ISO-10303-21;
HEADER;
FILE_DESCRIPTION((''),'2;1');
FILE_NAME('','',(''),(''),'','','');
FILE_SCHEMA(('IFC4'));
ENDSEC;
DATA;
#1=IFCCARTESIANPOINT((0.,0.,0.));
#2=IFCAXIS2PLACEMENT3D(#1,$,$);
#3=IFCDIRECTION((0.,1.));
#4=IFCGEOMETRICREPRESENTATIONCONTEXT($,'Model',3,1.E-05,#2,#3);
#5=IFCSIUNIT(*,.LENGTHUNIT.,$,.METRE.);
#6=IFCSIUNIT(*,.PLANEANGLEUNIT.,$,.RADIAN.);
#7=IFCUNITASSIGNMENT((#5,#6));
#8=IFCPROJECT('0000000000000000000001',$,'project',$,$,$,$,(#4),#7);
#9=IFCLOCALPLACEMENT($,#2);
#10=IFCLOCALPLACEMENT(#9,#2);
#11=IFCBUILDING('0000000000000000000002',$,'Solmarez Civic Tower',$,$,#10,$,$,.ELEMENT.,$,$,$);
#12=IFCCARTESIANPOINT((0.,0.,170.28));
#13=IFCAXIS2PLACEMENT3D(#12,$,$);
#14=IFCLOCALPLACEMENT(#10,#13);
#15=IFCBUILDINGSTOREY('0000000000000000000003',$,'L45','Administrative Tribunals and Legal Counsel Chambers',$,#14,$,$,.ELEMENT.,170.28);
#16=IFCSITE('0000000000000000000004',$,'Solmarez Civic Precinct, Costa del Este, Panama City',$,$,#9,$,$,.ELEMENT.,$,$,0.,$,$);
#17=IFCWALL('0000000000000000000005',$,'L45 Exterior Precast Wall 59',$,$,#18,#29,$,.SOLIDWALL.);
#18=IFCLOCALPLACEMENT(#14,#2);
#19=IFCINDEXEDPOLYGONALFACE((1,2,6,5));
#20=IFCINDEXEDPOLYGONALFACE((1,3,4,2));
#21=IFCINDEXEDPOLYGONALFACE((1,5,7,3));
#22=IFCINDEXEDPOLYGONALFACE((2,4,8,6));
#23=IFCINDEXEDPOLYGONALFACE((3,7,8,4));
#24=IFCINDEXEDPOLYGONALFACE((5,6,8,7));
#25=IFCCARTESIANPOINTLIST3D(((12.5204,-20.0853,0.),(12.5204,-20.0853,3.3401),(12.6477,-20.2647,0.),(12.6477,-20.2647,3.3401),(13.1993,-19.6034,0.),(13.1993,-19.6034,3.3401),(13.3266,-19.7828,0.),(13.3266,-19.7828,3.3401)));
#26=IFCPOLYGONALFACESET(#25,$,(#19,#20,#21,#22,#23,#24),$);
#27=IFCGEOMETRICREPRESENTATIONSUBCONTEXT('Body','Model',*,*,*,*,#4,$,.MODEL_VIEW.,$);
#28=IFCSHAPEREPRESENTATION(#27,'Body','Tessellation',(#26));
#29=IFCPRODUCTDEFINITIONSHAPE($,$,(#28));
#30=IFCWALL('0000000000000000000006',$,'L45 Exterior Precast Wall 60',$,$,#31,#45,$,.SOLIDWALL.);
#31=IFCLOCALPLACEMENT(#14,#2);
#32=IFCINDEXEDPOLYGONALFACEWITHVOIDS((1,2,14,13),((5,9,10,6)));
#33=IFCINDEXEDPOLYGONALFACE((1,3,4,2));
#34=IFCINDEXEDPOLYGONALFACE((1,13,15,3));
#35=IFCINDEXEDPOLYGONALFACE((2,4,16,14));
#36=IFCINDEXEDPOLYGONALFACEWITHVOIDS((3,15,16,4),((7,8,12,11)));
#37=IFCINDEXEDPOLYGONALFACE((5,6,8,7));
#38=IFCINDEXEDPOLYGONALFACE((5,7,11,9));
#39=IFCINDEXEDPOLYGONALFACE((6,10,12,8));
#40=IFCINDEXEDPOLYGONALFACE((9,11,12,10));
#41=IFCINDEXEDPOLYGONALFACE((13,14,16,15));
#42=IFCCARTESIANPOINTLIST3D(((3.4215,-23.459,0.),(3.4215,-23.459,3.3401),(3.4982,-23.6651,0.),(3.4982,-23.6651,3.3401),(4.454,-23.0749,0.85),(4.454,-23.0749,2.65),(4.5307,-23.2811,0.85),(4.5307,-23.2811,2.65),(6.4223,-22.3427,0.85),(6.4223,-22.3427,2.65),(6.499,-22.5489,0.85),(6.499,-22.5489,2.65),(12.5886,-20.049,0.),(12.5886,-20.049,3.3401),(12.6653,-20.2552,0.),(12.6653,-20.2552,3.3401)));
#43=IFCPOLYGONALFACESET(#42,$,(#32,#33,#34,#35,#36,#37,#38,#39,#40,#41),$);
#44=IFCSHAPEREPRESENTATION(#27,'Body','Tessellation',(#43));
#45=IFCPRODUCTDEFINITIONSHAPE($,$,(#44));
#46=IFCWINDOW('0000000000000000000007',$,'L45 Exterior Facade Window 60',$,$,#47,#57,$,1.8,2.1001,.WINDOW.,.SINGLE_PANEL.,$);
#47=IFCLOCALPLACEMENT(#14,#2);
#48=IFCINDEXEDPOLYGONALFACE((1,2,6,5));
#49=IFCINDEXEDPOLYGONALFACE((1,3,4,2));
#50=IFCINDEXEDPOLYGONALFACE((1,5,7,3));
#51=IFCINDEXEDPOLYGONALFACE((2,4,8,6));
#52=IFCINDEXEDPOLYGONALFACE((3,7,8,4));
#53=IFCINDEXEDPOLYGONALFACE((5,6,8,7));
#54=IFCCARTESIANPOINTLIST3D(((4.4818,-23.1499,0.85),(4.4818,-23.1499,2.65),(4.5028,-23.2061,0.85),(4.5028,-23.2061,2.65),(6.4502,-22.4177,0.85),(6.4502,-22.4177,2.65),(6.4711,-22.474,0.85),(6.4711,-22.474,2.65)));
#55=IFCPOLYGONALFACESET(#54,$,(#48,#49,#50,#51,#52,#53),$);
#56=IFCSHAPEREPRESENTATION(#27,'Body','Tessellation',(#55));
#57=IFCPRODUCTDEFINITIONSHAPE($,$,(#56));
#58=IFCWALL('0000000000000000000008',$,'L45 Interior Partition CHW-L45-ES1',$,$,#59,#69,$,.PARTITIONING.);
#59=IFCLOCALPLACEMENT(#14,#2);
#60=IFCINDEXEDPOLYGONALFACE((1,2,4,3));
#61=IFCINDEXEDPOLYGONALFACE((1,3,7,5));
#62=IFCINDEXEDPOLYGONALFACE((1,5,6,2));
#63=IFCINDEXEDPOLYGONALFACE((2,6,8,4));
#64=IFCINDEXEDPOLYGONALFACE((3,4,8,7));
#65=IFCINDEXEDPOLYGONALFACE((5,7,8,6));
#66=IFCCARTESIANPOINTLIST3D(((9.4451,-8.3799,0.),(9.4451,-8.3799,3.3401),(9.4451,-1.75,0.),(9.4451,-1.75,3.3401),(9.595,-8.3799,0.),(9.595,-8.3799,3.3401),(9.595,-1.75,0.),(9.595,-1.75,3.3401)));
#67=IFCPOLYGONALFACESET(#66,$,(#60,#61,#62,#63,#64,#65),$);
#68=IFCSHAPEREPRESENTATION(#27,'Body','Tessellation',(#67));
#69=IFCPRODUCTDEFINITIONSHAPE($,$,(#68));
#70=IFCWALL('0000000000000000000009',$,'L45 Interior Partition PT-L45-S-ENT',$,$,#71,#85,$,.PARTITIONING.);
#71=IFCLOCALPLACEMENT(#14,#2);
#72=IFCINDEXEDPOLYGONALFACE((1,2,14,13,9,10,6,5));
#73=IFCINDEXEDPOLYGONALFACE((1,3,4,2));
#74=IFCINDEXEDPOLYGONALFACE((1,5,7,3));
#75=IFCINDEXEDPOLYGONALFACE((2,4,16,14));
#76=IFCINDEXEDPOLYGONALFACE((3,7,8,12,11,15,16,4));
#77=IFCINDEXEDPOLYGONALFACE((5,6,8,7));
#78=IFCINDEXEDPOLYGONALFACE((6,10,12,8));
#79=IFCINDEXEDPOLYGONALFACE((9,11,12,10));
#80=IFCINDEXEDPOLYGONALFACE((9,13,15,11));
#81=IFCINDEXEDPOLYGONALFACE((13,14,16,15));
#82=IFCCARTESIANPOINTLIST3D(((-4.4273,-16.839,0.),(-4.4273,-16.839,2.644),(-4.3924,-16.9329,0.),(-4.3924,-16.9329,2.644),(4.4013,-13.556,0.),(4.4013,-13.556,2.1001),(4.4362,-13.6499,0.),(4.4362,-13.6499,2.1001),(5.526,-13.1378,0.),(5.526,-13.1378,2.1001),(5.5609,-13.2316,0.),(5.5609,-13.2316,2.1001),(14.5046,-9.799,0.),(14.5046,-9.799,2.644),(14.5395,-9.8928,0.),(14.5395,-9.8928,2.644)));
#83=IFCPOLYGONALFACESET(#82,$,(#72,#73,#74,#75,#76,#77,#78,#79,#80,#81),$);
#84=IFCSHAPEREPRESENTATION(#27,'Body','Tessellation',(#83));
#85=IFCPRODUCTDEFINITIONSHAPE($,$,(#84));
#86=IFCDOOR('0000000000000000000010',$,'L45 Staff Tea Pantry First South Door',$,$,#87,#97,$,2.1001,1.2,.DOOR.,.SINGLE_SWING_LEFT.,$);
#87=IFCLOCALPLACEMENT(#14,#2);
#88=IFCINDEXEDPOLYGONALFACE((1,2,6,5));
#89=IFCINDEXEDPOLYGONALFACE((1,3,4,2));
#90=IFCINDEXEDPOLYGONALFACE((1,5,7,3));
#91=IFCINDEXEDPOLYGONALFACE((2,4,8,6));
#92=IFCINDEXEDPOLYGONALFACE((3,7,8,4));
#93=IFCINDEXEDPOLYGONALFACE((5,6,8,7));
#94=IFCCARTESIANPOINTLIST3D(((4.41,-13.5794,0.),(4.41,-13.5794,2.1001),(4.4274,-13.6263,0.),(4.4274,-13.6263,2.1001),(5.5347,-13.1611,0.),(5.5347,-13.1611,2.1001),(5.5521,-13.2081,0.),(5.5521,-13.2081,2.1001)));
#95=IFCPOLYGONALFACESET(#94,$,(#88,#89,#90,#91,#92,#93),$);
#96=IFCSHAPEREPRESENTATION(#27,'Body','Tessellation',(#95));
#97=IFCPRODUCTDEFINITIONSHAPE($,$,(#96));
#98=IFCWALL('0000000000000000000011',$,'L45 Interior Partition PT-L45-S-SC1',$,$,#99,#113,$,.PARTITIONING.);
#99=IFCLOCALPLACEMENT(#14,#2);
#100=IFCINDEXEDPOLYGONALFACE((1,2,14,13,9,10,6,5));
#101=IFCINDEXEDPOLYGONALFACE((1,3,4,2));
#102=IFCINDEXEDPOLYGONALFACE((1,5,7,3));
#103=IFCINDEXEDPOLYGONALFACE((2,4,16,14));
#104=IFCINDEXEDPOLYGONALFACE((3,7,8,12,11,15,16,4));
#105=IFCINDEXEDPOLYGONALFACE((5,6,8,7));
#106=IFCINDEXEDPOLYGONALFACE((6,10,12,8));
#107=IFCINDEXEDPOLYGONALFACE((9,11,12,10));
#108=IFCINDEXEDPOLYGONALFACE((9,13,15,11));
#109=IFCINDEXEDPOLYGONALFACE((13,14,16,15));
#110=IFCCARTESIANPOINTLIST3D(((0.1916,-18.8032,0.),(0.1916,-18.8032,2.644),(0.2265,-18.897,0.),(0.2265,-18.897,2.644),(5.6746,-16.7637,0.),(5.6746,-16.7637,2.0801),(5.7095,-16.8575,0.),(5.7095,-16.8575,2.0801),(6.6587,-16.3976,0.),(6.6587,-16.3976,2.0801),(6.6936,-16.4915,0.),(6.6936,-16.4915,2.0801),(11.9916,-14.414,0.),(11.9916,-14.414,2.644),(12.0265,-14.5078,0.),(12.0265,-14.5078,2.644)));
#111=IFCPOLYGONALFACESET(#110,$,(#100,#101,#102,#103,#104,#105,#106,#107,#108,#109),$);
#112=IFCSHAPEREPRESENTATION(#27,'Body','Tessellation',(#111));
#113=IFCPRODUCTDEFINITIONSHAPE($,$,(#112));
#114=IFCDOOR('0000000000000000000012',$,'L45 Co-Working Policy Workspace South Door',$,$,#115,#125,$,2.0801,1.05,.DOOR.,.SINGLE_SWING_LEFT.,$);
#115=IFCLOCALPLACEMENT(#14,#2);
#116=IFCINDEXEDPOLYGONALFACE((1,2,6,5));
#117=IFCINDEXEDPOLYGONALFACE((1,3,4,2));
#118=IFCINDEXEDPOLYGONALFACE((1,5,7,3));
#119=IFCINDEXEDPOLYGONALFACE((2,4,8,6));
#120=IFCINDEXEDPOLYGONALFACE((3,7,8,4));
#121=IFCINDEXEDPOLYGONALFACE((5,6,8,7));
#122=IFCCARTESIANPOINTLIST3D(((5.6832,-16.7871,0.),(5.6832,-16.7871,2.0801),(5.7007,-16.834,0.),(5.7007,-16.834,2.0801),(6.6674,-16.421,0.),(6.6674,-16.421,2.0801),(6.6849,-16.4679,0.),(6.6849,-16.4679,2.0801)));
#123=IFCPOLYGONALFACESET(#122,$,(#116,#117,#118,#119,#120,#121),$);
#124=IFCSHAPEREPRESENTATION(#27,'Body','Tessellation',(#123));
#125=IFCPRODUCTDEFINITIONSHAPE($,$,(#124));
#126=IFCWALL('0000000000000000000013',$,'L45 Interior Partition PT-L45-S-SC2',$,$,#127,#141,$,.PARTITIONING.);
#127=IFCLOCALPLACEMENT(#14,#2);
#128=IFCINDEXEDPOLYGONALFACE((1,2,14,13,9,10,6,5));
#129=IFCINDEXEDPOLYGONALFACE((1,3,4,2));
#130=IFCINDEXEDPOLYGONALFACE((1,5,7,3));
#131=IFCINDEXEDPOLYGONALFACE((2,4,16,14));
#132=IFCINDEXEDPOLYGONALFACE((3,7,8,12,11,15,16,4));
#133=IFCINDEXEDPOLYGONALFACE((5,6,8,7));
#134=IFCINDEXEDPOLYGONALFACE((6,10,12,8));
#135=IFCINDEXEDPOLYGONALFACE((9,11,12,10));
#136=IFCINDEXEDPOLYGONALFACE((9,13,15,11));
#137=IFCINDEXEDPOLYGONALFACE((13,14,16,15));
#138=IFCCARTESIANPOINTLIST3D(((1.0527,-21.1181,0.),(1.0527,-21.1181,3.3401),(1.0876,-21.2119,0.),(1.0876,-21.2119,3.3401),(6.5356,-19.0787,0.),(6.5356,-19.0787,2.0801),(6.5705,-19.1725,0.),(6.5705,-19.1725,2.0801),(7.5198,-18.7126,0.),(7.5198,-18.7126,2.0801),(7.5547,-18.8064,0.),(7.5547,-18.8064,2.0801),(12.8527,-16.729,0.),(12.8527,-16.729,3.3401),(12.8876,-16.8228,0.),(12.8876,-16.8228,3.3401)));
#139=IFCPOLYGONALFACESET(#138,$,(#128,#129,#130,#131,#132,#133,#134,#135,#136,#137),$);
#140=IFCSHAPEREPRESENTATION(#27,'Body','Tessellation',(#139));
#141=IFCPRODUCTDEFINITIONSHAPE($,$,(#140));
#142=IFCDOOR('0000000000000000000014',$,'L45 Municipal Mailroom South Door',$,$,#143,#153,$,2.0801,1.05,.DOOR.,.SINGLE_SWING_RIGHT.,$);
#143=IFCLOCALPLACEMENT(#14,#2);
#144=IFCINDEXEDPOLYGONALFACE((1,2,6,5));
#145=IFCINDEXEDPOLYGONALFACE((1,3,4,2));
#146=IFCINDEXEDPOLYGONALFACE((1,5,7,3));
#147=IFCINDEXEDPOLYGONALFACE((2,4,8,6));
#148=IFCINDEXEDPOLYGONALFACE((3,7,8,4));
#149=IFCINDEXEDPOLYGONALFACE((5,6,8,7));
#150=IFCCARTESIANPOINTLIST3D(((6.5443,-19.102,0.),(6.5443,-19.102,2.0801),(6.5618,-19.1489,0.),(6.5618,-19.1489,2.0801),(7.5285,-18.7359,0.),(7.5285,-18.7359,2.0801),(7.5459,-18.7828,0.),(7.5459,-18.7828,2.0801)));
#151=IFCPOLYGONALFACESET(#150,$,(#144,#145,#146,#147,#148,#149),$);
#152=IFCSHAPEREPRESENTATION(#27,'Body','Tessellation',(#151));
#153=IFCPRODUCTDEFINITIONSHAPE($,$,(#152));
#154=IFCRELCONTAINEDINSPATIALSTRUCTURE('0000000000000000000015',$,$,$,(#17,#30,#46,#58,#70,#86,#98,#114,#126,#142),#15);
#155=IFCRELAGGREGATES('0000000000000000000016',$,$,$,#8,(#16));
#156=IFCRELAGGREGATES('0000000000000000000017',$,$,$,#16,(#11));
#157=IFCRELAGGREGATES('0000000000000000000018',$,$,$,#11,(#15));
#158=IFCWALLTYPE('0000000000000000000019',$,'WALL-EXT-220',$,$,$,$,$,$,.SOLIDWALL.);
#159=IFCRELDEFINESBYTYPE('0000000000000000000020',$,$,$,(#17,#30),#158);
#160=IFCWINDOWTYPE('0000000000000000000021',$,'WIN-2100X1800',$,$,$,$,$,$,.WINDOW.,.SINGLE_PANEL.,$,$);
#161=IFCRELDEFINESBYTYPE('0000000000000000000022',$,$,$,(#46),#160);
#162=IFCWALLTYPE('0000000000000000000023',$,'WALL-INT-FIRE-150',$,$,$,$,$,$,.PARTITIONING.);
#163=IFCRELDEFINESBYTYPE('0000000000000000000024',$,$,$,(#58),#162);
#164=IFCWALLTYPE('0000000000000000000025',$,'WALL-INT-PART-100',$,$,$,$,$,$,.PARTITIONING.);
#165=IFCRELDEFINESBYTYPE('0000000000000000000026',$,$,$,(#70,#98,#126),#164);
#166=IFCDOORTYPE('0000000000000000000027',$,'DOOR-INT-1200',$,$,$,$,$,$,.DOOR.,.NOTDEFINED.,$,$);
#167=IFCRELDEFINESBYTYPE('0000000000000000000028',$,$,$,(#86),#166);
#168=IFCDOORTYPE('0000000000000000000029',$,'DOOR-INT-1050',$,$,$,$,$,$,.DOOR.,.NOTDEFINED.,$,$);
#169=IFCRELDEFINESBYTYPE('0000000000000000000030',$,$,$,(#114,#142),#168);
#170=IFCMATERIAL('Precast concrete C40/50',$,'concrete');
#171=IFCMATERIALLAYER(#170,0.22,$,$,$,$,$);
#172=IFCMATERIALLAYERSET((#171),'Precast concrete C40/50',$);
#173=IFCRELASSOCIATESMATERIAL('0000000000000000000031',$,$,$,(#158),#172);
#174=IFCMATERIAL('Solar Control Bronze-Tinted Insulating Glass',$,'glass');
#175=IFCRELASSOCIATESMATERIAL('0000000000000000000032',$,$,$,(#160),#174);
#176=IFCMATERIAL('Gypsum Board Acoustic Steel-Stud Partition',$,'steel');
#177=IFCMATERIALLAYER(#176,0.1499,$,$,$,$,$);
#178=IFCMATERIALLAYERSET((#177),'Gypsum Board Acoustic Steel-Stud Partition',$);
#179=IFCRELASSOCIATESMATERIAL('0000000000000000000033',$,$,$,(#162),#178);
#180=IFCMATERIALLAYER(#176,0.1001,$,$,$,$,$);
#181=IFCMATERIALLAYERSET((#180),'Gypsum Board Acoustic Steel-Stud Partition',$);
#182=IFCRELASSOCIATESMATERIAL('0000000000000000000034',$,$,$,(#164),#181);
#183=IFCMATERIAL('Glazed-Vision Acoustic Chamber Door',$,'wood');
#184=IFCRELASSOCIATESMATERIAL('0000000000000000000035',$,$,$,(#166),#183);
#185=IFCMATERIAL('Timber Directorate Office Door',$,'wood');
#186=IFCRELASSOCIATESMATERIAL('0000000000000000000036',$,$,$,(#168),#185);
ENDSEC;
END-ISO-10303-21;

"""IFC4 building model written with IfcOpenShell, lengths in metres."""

from ifc_helpers import new_model, si_unit, direction, frame, frame_2d, origin, place, context, subcontext, project, spatial, rectangle, extrude, material, layer, layer_set, type_object, element, fill, save


model = new_model("IFC4")

# Units and contexts
model_context = context("Model", 3, precision=1e-05, world=origin(), true_north=direction((0.0, 1.0)))
body_context = subcontext(model_context, "Body", "Model", "MODEL_VIEW")
ifc_project = project(units=[si_unit("LENGTHUNIT", "METRE"), si_unit("PLANEANGLEUNIT", "RADIAN")], contexts=[model_context])

# Site, building, storey
site_placement = place(None, origin())
site = spatial("IfcSite", under=ifc_project, at=site_placement, Name="Solmarez Civic Precinct, Costa del Este, Panama City", CompositionType="ELEMENT", RefElevation=0.0)
building_placement = place(site_placement, origin())
building = spatial("IfcBuilding", under=site, at=building_placement, Name="Solmarez Civic Tower", CompositionType="ELEMENT")
storey_placement = place(building_placement, frame((0.0, 0.0, 170.28)))
storey = spatial("IfcBuildingStorey", under=building, at=storey_placement, Name="L45", Description="Administrative Tribunals and Legal Counsel Chambers", CompositionType="ELEMENT", Elevation=170.28)

# Wall
ifc_material_1 = material(Name="Precast concrete C40/50", Category="concrete")
ifc_layer_1 = layer(ifc_material_1, 0.22)
ifc_layer_set_1 = layer_set([ifc_layer_1], Name="Precast concrete C40/50")
wall_type_1 = type_object("IfcWallType", Name="WALL-EXT-220", PredefinedType="SOLIDWALL", material=ifc_layer_set_1)
wall_1_placement = place(storey_placement, frame((13.2629, -19.6931, 0.0), z_axis=(0.0, 0.0, 1.0), x_axis=(-0.815454, -0.578822, 0.0)))
element("IfcWall", 1, at=wall_1_placement, inside=storey, type_object=wall_type_1, Name="L45 Exterior Precast Wall 59", PredefinedType="SOLIDWALL", context=body_context, shape_type="SweptSolid", body=[
    extrude(rectangle(XDim=0.8325, YDim=0.22, at=frame_2d((0.4163, 0.0))), origin(), (0.0, 0.0, 1.0), 3.3401),
])

# Wall, opening, window
wall_2_placement = place(storey_placement, frame((12.627, -20.1521, 0.0), z_axis=(0.0, 0.0, 1.0), x_axis=(-0.937257, -0.348638, 0.0)))
wall_2 = element("IfcWall", 2, at=wall_2_placement, inside=storey, type_object=wall_type_1, Name="L45 Exterior Precast Wall 60", PredefinedType="SOLIDWALL", context=body_context, shape_type="SweptSolid", body=[
    extrude(rectangle(XDim=9.7808, YDim=0.22, at=frame_2d((4.8904, 0.0))), origin(), (0.0, 0.0, 1.0), 3.3401),
])
opening_1_placement = place(wall_2_placement, frame((6.5791, 0.0, 0.8501)))
opening_1 = element("IfcOpeningElement", 3, at=opening_1_placement, cuts=wall_2, PredefinedType="OPENING", context=body_context, shape_type="SweptSolid", body=[
    extrude(rectangle(XDim=2.1001, YDim=1.8, at=frame_2d((1.05, 0.8999))), frame((0.0, 0.1199, 0.0), z_axis=(0.0, -1.0, 0.0), x_axis=(1.0, 0.0, 0.0)), (0.0, 0.0, 1.0), 0.24),
])
ifc_material_2 = material(Name="Solar Control Bronze-Tinted Insulating Glass", Category="glass")
window_type = type_object("IfcWindowType", Name="WIN-2100X1800", PartitioningType="SINGLE_PANEL", PredefinedType="WINDOW", material=ifc_material_2)
window_placement = place(opening_1_placement, origin())
window = element("IfcWindow", 4, at=window_placement, inside=storey, type_object=window_type, Name="L45 Exterior Facade Window 60", OverallHeight=1.8, OverallWidth=2.1001, PartitioningType="SINGLE_PANEL", PredefinedType="WINDOW", context=body_context, shape_type="SweptSolid", body=[
    extrude(rectangle(XDim=2.1001, YDim=1.8, at=frame_2d((1.05, 0.8999))), frame((0.0, 0.03, 0.0), z_axis=(0.0, -1.0, 0.0), x_axis=(1.0, 0.0, 0.0)), (0.0, 0.0, 1.0), 0.0601),
])
fill(opening_1, window)

# Wall
ifc_material_3 = material(Name="Gypsum Board Acoustic Steel-Stud Partition", Category="steel")
ifc_layer_2 = layer(ifc_material_3, 0.1499)
ifc_layer_set_2 = layer_set([ifc_layer_2], Name="Gypsum Board Acoustic Steel-Stud Partition")
wall_type_2 = type_object("IfcWallType", Name="WALL-INT-FIRE-150", PredefinedType="PARTITIONING", material=ifc_layer_set_2)
wall_3_placement = place(storey_placement, frame((9.52, -8.3799, 0.0), z_axis=(0.0, 0.0, 1.0), x_axis=(0.0, 1.0, 0.0)))
element("IfcWall", 5, at=wall_3_placement, inside=storey, type_object=wall_type_2, Name="L45 Interior Partition CHW-L45-ES1", PredefinedType="PARTITIONING", context=body_context, shape_type="SweptSolid", body=[
    extrude(rectangle(XDim=6.6299, YDim=0.1499, at=frame_2d((3.3149, 0.0))), origin(), (0.0, 0.0, 1.0), 3.3401),
])

# Walls, openings, doors
ifc_layer_3 = layer(ifc_material_3, 0.1001)
ifc_layer_set_3 = layer_set([ifc_layer_3], Name="Gypsum Board Acoustic Steel-Stud Partition")
wall_type_3 = type_object("IfcWallType", Name="WALL-INT-PART-100", PredefinedType="PARTITIONING", material=ifc_layer_set_3)
wall_4_placement = place(storey_placement, frame((14.522, -9.8459, 0.0), z_axis=(0.0, 0.0, 1.0), x_axis=(-0.937293, -0.348543, 0.0)))
wall_4 = element("IfcWall", 6, at=wall_4_placement, inside=storey, type_object=wall_type_3, Name="L45 Interior Partition PT-L45-S-ENT", PredefinedType="PARTITIONING", context=body_context, shape_type="SweptSolid", body=[
    extrude(rectangle(XDim=20.1985, YDim=0.1001, at=frame_2d((10.0991, 0.0))), origin(), (0.0, 0.0, 1.0), 2.644),
])
opening_2_placement = place(wall_4_placement, frame((9.5791, 0.0, 0.0)))
opening_2 = element("IfcOpeningElement", 7, at=opening_2_placement, cuts=wall_4, PredefinedType="OPENING", context=body_context, shape_type="SweptSolid", body=[
    extrude(rectangle(XDim=1.2, YDim=2.1001, at=frame_2d((0.6001, 1.05))), frame((0.0, 0.0601, 0.0), z_axis=(0.0, -1.0, 0.0), x_axis=(1.0, 0.0, 0.0)), (0.0, 0.0, 1.0), 0.1201),
])
ifc_material_4 = material(Name="Glazed-Vision Acoustic Chamber Door", Category="wood")
door_type_1 = type_object("IfcDoorType", Name="DOOR-INT-1200", OperationType="NOTDEFINED", PredefinedType="DOOR", material=ifc_material_4)
door_1_placement = place(opening_2_placement, origin())
door_1 = element("IfcDoor", 8, at=door_1_placement, inside=storey, type_object=door_type_1, Name="L45 Staff Tea Pantry First South Door", OperationType="SINGLE_SWING_LEFT", OverallHeight=2.1001, OverallWidth=1.2, PredefinedType="DOOR", context=body_context, shape_type="SweptSolid", body=[
    extrude(rectangle(XDim=1.2, YDim=2.1001, at=frame_2d((0.6001, 1.05))), frame((0.0, 0.0249, 0.0), z_axis=(0.0, -1.0, 0.0), x_axis=(1.0, 0.0, 0.0)), (0.0, 0.0, 1.0), 0.05),
])
fill(opening_2, door_1)
wall_5_placement = place(storey_placement, frame((12.009, -14.4609, 0.0), z_axis=(0.0, 0.0, 1.0), x_axis=(-0.937262, -0.348625, 0.0)))
wall_5 = element("IfcWall", 9, at=wall_5_placement, inside=storey, type_object=wall_type_3, Name="L45 Interior Partition PT-L45-S-SC1", PredefinedType="PARTITIONING", context=body_context, shape_type="SweptSolid", body=[
    extrude(rectangle(XDim=12.5898, YDim=0.1001, at=frame_2d((6.2949, 0.0))), origin(), (0.0, 0.0, 1.0), 2.644),
])
opening_3_placement = place(wall_5_placement, frame((5.6899, 0.0, 0.0)))
opening_3 = element("IfcOpeningElement", 10, at=opening_3_placement, cuts=wall_5, PredefinedType="OPENING", context=body_context, shape_type="SweptSolid", body=[
    extrude(rectangle(XDim=1.05, YDim=2.0801, at=frame_2d((0.5249, 1.04))), frame((0.0, 0.0601, 0.0), z_axis=(0.0, -1.0, 0.0), x_axis=(1.0, 0.0, 0.0)), (0.0, 0.0, 1.0), 0.1201),
])
ifc_material_5 = material(Name="Timber Directorate Office Door", Category="wood")
door_type_2 = type_object("IfcDoorType", Name="DOOR-INT-1050", OperationType="NOTDEFINED", PredefinedType="DOOR", material=ifc_material_5)
door_2_placement = place(opening_3_placement, origin())
door_2 = element("IfcDoor", 11, at=door_2_placement, inside=storey, type_object=door_type_2, Name="L45 Co-Working Policy Workspace South Door", OperationType="SINGLE_SWING_LEFT", OverallHeight=2.0801, OverallWidth=1.05, PredefinedType="DOOR", context=body_context, shape_type="SweptSolid", body=[
    extrude(rectangle(XDim=1.05, YDim=2.0801, at=frame_2d((0.5249, 1.04))), frame((0.0, 0.0249, 0.0), z_axis=(0.0, -1.0, 0.0), x_axis=(1.0, 0.0, 0.0)), (0.0, 0.0, 1.0), 0.05),
])
fill(opening_3, door_2)
wall_6_placement = place(storey_placement, frame((12.8701, -16.7759, 0.0), z_axis=(0.0, 0.0, 1.0), x_axis=(-0.937262, -0.348625, 0.0)))
wall_6 = element("IfcWall", 12, at=wall_6_placement, inside=storey, type_object=wall_type_3, Name="L45 Interior Partition PT-L45-S-SC2", PredefinedType="PARTITIONING", context=body_context, shape_type="SweptSolid", body=[
    extrude(rectangle(XDim=12.5898, YDim=0.1001, at=frame_2d((6.2949, 0.0))), origin(), (0.0, 0.0, 1.0), 3.3401),
])
opening_4_placement = place(wall_6_placement, frame((5.6899, 0.0, 0.0)))
opening_4 = element("IfcOpeningElement", 13, at=opening_4_placement, cuts=wall_6, PredefinedType="OPENING", context=body_context, shape_type="SweptSolid", body=[
    extrude(rectangle(XDim=1.05, YDim=2.0801, at=frame_2d((0.5249, 1.04))), frame((0.0, 0.0601, 0.0), z_axis=(0.0, -1.0, 0.0), x_axis=(1.0, 0.0, 0.0)), (0.0, 0.0, 1.0), 0.1201),
])
door_3_placement = place(opening_4_placement, origin())
door_3 = element("IfcDoor", 14, at=door_3_placement, inside=storey, type_object=door_type_2, Name="L45 Municipal Mailroom South Door", OperationType="SINGLE_SWING_RIGHT", OverallHeight=2.0801, OverallWidth=1.05, PredefinedType="DOOR", context=body_context, shape_type="SweptSolid", body=[
    extrude(rectangle(XDim=1.05, YDim=2.0801, at=frame_2d((0.5249, 1.04))), frame((0.0, 0.0249, 0.0), z_axis=(0.0, -1.0, 0.0), x_axis=(1.0, 0.0, 0.0)), (0.0, 0.0, 1.0), 0.05),
])
fill(opening_4, door_3)

save(model, "model.ifc")
